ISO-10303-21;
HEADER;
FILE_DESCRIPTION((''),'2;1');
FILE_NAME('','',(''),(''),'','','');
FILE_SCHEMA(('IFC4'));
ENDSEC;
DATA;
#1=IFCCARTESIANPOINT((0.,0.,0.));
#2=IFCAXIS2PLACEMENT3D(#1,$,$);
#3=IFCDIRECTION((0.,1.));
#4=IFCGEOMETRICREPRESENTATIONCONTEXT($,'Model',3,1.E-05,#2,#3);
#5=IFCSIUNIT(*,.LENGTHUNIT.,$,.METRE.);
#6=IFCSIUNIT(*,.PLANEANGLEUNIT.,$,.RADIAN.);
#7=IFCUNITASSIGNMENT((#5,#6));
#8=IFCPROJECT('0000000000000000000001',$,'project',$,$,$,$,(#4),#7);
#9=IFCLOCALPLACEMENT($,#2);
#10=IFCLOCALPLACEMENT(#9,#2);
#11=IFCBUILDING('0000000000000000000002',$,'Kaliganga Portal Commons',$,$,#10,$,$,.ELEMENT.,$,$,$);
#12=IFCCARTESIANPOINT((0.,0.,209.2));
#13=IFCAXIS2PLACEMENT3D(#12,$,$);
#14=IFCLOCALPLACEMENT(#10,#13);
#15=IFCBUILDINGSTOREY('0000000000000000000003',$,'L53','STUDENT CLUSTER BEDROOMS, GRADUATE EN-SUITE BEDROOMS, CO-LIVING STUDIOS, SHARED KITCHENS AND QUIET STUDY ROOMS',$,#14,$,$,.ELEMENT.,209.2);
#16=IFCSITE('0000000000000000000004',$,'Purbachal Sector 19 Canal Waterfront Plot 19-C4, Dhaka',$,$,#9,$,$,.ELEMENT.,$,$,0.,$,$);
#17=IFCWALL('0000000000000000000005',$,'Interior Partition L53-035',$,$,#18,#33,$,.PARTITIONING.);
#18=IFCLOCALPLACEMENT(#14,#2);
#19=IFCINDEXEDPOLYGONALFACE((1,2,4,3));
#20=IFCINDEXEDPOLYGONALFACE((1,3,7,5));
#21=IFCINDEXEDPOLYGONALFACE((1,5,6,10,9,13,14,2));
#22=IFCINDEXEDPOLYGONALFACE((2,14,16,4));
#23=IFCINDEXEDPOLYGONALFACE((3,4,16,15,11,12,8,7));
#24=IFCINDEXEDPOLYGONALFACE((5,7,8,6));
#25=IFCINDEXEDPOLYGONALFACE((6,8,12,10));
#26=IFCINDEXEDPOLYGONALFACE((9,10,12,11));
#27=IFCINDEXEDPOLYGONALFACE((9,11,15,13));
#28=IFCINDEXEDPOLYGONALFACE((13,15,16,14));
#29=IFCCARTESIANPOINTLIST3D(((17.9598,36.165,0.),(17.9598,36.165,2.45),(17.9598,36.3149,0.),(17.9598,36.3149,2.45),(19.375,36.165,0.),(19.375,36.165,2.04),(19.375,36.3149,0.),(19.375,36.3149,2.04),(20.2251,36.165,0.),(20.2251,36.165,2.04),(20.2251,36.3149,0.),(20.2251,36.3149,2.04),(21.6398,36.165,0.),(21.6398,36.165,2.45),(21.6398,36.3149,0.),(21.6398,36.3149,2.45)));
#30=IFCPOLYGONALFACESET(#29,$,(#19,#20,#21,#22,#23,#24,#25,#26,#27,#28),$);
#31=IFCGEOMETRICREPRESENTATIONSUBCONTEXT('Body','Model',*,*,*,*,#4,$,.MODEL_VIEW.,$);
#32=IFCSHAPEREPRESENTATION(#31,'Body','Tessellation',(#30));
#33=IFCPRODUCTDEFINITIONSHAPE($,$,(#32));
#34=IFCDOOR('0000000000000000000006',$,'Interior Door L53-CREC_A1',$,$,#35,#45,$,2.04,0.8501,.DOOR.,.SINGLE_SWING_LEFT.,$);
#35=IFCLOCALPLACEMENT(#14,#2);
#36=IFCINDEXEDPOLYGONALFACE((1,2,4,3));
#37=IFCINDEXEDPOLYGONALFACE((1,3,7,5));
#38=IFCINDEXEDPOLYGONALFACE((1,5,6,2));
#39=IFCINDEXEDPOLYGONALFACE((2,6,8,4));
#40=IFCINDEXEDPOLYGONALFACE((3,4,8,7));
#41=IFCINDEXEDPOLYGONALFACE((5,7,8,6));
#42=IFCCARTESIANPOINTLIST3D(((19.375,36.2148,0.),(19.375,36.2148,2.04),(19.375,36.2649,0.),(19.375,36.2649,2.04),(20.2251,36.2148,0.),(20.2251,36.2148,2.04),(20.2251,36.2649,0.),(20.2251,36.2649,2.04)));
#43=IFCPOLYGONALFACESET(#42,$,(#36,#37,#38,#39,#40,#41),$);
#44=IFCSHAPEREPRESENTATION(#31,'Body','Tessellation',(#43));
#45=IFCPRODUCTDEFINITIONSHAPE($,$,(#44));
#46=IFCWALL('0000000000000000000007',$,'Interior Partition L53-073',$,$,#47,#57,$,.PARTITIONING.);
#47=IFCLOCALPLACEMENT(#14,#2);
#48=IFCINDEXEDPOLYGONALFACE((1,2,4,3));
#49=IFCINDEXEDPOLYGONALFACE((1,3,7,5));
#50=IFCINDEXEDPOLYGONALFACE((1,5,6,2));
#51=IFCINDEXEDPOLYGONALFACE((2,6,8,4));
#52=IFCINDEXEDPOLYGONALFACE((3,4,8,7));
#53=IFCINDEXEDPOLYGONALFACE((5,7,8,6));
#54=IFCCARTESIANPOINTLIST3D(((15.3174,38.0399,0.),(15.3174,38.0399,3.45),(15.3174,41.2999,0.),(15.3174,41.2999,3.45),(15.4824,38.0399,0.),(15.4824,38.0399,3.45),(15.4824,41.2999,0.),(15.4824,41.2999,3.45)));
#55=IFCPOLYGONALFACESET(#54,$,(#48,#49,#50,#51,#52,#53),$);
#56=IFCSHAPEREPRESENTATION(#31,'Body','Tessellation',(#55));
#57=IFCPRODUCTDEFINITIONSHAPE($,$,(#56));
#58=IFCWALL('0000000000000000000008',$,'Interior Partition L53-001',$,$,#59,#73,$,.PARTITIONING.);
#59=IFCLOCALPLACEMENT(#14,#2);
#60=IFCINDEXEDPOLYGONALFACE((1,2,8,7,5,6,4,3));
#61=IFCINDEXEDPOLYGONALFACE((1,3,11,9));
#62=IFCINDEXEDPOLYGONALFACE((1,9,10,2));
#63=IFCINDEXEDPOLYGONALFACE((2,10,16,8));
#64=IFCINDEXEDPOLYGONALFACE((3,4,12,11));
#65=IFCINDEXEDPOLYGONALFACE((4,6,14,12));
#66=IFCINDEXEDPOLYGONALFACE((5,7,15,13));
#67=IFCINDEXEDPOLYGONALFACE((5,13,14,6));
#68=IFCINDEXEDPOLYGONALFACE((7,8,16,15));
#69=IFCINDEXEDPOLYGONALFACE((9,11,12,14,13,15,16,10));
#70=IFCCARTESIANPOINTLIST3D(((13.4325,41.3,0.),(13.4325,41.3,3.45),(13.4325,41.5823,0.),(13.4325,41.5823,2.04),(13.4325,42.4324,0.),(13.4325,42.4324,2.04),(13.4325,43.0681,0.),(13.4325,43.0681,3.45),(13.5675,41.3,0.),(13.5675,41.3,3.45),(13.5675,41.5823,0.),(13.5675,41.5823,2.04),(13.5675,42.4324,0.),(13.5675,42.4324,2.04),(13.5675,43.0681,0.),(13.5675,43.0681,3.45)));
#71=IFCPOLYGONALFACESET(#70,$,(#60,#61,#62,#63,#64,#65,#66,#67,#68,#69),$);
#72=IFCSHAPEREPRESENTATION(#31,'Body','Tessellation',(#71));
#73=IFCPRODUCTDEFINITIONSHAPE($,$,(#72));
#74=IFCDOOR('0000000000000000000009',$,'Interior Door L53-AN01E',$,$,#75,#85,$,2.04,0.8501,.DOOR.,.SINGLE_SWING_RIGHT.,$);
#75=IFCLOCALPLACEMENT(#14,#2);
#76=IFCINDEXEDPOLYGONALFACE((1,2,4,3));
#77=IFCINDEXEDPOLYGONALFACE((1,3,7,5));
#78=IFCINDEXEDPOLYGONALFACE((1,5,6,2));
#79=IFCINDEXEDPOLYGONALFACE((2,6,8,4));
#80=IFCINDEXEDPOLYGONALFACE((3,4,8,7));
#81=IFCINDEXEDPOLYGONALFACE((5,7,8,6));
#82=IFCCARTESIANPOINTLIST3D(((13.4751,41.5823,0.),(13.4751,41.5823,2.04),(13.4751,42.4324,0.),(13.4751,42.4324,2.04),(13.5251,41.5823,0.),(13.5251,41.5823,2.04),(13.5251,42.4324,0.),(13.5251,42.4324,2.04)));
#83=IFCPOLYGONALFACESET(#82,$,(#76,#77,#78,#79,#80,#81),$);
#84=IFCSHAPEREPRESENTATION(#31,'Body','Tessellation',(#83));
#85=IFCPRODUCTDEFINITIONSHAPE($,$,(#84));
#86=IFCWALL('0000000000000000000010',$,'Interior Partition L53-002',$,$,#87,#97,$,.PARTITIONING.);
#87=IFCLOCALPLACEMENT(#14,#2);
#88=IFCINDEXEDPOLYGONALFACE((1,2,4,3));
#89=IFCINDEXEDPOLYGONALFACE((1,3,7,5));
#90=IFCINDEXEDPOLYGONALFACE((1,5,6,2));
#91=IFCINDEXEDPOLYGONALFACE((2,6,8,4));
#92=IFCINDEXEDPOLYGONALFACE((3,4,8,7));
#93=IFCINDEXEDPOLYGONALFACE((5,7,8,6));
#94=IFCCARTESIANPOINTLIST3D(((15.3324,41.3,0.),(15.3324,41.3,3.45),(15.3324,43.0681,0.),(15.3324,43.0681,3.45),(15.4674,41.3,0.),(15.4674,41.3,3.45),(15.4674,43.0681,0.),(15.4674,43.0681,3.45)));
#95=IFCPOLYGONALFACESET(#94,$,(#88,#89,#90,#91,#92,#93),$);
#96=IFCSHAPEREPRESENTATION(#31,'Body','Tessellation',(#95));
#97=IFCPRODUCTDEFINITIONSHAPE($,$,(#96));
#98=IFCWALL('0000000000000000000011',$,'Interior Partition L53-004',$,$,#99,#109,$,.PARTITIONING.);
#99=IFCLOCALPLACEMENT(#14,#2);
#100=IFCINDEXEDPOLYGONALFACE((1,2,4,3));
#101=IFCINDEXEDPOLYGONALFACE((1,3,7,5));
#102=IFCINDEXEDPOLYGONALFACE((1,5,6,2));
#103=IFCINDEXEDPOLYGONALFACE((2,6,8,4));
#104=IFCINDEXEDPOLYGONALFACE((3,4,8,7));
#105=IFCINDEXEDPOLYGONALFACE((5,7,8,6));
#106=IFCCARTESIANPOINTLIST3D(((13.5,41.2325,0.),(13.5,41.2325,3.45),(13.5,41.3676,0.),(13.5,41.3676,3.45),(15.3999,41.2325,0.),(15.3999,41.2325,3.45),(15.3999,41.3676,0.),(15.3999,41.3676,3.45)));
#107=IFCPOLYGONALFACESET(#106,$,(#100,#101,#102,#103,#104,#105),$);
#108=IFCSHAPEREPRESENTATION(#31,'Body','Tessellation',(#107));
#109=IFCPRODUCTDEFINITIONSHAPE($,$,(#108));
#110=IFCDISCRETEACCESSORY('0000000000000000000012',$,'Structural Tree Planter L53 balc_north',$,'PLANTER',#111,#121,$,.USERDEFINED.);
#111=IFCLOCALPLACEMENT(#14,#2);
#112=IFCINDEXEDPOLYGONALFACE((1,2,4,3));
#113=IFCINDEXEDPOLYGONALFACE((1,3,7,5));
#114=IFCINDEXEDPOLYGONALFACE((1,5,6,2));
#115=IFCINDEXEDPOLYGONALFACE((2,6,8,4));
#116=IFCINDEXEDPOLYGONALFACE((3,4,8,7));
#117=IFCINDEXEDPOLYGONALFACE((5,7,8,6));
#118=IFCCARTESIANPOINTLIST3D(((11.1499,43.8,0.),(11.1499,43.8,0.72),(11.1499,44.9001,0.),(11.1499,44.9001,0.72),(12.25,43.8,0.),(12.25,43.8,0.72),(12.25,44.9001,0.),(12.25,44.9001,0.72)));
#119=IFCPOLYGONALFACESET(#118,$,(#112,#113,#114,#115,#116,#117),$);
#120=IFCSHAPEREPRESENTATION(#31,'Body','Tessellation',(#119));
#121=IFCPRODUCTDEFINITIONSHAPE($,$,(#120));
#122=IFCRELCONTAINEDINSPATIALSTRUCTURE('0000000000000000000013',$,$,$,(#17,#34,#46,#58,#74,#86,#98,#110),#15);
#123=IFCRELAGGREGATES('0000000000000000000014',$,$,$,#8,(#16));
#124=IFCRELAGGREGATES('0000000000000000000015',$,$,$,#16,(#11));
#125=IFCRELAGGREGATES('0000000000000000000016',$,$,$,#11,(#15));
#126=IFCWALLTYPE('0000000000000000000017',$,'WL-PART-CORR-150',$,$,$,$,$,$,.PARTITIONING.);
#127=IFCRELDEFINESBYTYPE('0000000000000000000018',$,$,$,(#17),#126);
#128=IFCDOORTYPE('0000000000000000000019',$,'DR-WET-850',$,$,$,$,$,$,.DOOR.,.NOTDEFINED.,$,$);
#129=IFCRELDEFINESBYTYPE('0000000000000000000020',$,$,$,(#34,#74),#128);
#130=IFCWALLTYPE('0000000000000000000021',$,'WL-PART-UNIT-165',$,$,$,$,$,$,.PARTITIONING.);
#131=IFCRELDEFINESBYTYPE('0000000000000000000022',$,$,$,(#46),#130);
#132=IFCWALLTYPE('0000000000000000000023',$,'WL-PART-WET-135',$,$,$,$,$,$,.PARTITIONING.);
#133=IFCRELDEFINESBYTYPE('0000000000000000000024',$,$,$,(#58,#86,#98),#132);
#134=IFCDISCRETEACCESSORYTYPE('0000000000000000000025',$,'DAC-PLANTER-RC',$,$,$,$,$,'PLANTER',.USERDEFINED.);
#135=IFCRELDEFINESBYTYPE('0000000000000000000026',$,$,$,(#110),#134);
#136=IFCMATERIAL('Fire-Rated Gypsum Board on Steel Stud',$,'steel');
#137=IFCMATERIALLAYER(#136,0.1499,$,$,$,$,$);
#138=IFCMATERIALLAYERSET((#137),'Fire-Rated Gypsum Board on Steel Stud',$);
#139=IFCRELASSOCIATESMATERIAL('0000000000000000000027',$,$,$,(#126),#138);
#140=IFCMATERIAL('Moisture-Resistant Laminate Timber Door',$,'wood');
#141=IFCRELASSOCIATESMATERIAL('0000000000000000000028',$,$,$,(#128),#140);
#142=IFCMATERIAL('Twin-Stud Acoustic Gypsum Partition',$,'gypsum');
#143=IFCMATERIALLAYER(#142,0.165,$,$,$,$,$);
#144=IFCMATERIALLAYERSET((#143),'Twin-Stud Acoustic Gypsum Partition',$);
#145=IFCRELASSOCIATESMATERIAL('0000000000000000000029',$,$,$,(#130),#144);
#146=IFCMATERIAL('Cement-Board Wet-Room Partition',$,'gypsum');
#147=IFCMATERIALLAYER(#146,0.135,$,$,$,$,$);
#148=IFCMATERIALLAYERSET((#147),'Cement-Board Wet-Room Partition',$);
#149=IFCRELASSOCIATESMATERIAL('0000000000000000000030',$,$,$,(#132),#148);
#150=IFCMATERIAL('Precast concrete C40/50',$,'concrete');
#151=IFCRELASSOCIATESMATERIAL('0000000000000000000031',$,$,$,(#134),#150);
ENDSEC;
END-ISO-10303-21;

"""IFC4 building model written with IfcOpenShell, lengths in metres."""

from ifc_helpers import new_model, si_unit, direction, frame, frame_2d, origin, origin_2d, place, context, subcontext, project, spatial, rectangle, extrude, source, transform, mapped, material, layer, layer_set, type_object, element, fill, save


model = new_model("IFC4")

# Units and contexts
model_context = context("Model", 3, precision=1e-05, world=origin(), true_north=direction((0.0, 1.0)))
body_context = subcontext(model_context, "Body", "Model", "MODEL_VIEW")
ifc_project = project(units=[si_unit("LENGTHUNIT", "METRE"), si_unit("PLANEANGLEUNIT", "RADIAN")], contexts=[model_context])

# Site, building, storey
site_placement = place(None, origin())
site = spatial("IfcSite", under=ifc_project, at=site_placement, Name="Purbachal Sector 19 Canal Waterfront Plot 19-C4, Dhaka", CompositionType="ELEMENT", RefElevation=0.0)
building_placement = place(site_placement, origin())
building = spatial("IfcBuilding", under=site, at=building_placement, Name="Kaliganga Portal Commons", CompositionType="ELEMENT")
storey_placement = place(building_placement, frame((0.0, 0.0, 209.2)))
storey = spatial("IfcBuildingStorey", under=building, at=storey_placement, Name="L53", Description="STUDENT CLUSTER BEDROOMS, GRADUATE EN-SUITE BEDROOMS, CO-LIVING STUDIOS, SHARED KITCHENS AND QUIET STUDY ROOMS", CompositionType="ELEMENT", Elevation=209.2)

# Wall, opening, door
ifc_material_1 = material(Name="Fire-Rated Gypsum Board on Steel Stud", Category="steel")
ifc_layer_1 = layer(ifc_material_1, 0.1499)
ifc_layer_set_1 = layer_set([ifc_layer_1], Name="Fire-Rated Gypsum Board on Steel Stud")
wall_type_1 = type_object("IfcWallType", Name="WL-PART-CORR-150", PredefinedType="PARTITIONING", material=ifc_layer_set_1)
wall_1_placement = place(storey_placement, frame((17.96, 36.24, 0.0), z_axis=(0.0, 0.0, 1.0), x_axis=(1.0, 0.0, 0.0)))
wall_1 = element("IfcWall", 1, at=wall_1_placement, inside=storey, type_object=wall_type_1, Name="Interior Partition L53-035", PredefinedType="PARTITIONING", context=body_context, shape_type="SweptSolid", body=[
    extrude(rectangle(XDim=3.6799, YDim=0.1499, at=frame_2d((1.8398, 0.0))), origin(), (0.0, 0.0, 1.0), 2.45),
])
opening_1_placement = place(wall_1_placement, frame((1.415, 0.0, 0.0)))
opening_1 = element("IfcOpeningElement", 2, at=opening_1_placement, cuts=wall_1, PredefinedType="OPENING", context=body_context, shape_type="SweptSolid", body=[
    extrude(rectangle(XDim=0.8501, YDim=2.04, at=frame_2d((0.425, 1.02))), frame((0.0, 0.085, 0.0), z_axis=(0.0, -1.0, 0.0), x_axis=(1.0, 0.0, 0.0)), (0.0, 0.0, 1.0), 0.1699),
])
ifc_material_2 = material(Name="Moisture-Resistant Laminate Timber Door", Category="wood")
door_type_1 = type_object("IfcDoorType", Name="DR-WET-850", OperationType="NOTDEFINED", PredefinedType="DOOR", material=ifc_material_2)
door_1_placement = place(opening_1_placement, origin())
door_1 = element("IfcDoor", 3, at=door_1_placement, inside=storey, type_object=door_type_1, Name="Interior Door L53-CREC_A1", OperationType="SINGLE_SWING_LEFT", OverallHeight=2.04, OverallWidth=0.8501, PredefinedType="DOOR", context=body_context, shape_type="SweptSolid", body=[
    extrude(rectangle(XDim=0.8501, YDim=2.04, at=frame_2d((0.425, 1.02))), frame((0.0, 0.0249, 0.0), z_axis=(0.0, -1.0, 0.0), x_axis=(1.0, 0.0, 0.0)), (0.0, 0.0, 1.0), 0.05),
])
fill(opening_1, door_1)

# Wall
ifc_material_3 = material(Name="Twin-Stud Acoustic Gypsum Partition", Category="gypsum")
ifc_layer_2 = layer(ifc_material_3, 0.165)
ifc_layer_set_2 = layer_set([ifc_layer_2], Name="Twin-Stud Acoustic Gypsum Partition")
wall_type_2 = type_object("IfcWallType", Name="WL-PART-UNIT-165", PredefinedType="PARTITIONING", material=ifc_layer_set_2)
wall_2_placement = place(storey_placement, frame((15.3999, 38.04, 0.0), z_axis=(0.0, 0.0, 1.0), x_axis=(0.0, 1.0, 0.0)))
element("IfcWall", 4, at=wall_2_placement, inside=storey, type_object=wall_type_2, Name="Interior Partition L53-073", PredefinedType="PARTITIONING", context=body_context, shape_type="SweptSolid", body=[
    extrude(rectangle(XDim=3.26, YDim=0.165, at=frame_2d((1.6299, 0.0))), origin(), (0.0, 0.0, 1.0), 3.45),
])

# Wall, opening, door
ifc_material_4 = material(Name="Cement-Board Wet-Room Partition", Category="gypsum")
ifc_layer_3 = layer(ifc_material_4, 0.135)
ifc_layer_set_3 = layer_set([ifc_layer_3], Name="Cement-Board Wet-Room Partition")
wall_type_3 = type_object("IfcWallType", Name="WL-PART-WET-135", PredefinedType="PARTITIONING", material=ifc_layer_set_3)
wall_3_placement = place(storey_placement, frame((13.5, 41.3, 0.0), z_axis=(0.0, 0.0, 1.0), x_axis=(0.0, 1.0, 0.0)))
wall_3 = element("IfcWall", 5, at=wall_3_placement, inside=storey, type_object=wall_type_3, Name="Interior Partition L53-001", PredefinedType="PARTITIONING", context=body_context, shape_type="SweptSolid", body=[
    extrude(rectangle(XDim=1.7681, YDim=0.135, at=frame_2d((0.884, 0.0))), origin(), (0.0, 0.0, 1.0), 3.45),
])
opening_2_placement = place(wall_3_placement, frame((0.2822, 0.0, 0.0)))
opening_2 = element("IfcOpeningElement", 6, at=opening_2_placement, cuts=wall_3, PredefinedType="OPENING", context=body_context, shape_type="SweptSolid", body=[
    extrude(rectangle(XDim=0.8501, YDim=2.04, at=frame_2d((0.425, 1.02))), frame((0.0, 0.0776, 0.0), z_axis=(0.0, -1.0, 0.0), x_axis=(1.0, 0.0, 0.0)), (0.0, 0.0, 1.0), 0.155),
])
door_2_placement = place(opening_2_placement, origin())
door_2 = element("IfcDoor", 7, at=door_2_placement, inside=storey, type_object=door_type_1, Name="Interior Door L53-AN01E", OperationType="SINGLE_SWING_RIGHT", OverallHeight=2.04, OverallWidth=0.8501, PredefinedType="DOOR", context=body_context, shape_type="SweptSolid", body=[
    extrude(rectangle(XDim=0.8501, YDim=2.04, at=frame_2d((0.425, 1.02))), frame((0.0, 0.0249, 0.0), z_axis=(0.0, -1.0, 0.0), x_axis=(1.0, 0.0, 0.0)), (0.0, 0.0, 1.0), 0.05),
])
fill(opening_2, door_2)

# Walls
wall_4_placement = place(storey_placement, frame((15.3999, 41.3, 0.0), z_axis=(0.0, 0.0, 1.0), x_axis=(0.0, 1.0, 0.0)))
element("IfcWall", 8, at=wall_4_placement, inside=storey, type_object=wall_type_3, Name="Interior Partition L53-002", PredefinedType="PARTITIONING", context=body_context, shape_type="SweptSolid", body=[
    extrude(rectangle(XDim=1.7681, YDim=0.135, at=frame_2d((0.884, 0.0))), origin(), (0.0, 0.0, 1.0), 3.45),
])
wall_5_placement = place(storey_placement, frame((13.5, 41.3, 0.0), z_axis=(0.0, 0.0, 1.0), x_axis=(1.0, 0.0, 0.0)))
element("IfcWall", 9, at=wall_5_placement, inside=storey, type_object=wall_type_3, Name="Interior Partition L53-004", PredefinedType="PARTITIONING", context=body_context, shape_type="SweptSolid", body=[
    extrude(rectangle(XDim=1.8999, YDim=0.135, at=frame_2d((0.95, 0.0))), origin(), (0.0, 0.0, 1.0), 3.45),
])

# Discrete accessory
ifc_material_5 = material(Name="Precast concrete C40/50", Category="concrete")
discrete_accessory_type = type_object("IfcDiscreteAccessoryType", Name="DAC-PLANTER-RC", ElementType="PLANTER", PredefinedType="USERDEFINED", material=ifc_material_5)
shared_shape_1 = source(origin(), body_context, "Body", "SweptSolid", [
    extrude(rectangle(XDim=1.1001, YDim=1.1001, at=origin_2d()), origin(), (0.0, 0.0, 1.0), 0.72),
])
discrete_accessory_placement = place(storey_placement, frame((11.7, 44.3501, 0.0), z_axis=(0.0, 0.0, 1.0), x_axis=(1.0, 0.0, 0.0)))
element("IfcDiscreteAccessory", 10, at=discrete_accessory_placement, inside=storey, type_object=discrete_accessory_type, Name="Structural Tree Planter L53 balc_north", ObjectType="PLANTER", PredefinedType="USERDEFINED", context=body_context, shape_type="MappedRepresentation", body=[
    mapped(shared_shape_1, transform((0.0, 0.0, 0.0), x_axis=(1.0, 0.0, 0.0), y_axis=(0.0, 1.0, 0.0), z_axis=(0.0, 0.0, 1.0), scale=1.0)),
])

save(model, "model.ifc")
